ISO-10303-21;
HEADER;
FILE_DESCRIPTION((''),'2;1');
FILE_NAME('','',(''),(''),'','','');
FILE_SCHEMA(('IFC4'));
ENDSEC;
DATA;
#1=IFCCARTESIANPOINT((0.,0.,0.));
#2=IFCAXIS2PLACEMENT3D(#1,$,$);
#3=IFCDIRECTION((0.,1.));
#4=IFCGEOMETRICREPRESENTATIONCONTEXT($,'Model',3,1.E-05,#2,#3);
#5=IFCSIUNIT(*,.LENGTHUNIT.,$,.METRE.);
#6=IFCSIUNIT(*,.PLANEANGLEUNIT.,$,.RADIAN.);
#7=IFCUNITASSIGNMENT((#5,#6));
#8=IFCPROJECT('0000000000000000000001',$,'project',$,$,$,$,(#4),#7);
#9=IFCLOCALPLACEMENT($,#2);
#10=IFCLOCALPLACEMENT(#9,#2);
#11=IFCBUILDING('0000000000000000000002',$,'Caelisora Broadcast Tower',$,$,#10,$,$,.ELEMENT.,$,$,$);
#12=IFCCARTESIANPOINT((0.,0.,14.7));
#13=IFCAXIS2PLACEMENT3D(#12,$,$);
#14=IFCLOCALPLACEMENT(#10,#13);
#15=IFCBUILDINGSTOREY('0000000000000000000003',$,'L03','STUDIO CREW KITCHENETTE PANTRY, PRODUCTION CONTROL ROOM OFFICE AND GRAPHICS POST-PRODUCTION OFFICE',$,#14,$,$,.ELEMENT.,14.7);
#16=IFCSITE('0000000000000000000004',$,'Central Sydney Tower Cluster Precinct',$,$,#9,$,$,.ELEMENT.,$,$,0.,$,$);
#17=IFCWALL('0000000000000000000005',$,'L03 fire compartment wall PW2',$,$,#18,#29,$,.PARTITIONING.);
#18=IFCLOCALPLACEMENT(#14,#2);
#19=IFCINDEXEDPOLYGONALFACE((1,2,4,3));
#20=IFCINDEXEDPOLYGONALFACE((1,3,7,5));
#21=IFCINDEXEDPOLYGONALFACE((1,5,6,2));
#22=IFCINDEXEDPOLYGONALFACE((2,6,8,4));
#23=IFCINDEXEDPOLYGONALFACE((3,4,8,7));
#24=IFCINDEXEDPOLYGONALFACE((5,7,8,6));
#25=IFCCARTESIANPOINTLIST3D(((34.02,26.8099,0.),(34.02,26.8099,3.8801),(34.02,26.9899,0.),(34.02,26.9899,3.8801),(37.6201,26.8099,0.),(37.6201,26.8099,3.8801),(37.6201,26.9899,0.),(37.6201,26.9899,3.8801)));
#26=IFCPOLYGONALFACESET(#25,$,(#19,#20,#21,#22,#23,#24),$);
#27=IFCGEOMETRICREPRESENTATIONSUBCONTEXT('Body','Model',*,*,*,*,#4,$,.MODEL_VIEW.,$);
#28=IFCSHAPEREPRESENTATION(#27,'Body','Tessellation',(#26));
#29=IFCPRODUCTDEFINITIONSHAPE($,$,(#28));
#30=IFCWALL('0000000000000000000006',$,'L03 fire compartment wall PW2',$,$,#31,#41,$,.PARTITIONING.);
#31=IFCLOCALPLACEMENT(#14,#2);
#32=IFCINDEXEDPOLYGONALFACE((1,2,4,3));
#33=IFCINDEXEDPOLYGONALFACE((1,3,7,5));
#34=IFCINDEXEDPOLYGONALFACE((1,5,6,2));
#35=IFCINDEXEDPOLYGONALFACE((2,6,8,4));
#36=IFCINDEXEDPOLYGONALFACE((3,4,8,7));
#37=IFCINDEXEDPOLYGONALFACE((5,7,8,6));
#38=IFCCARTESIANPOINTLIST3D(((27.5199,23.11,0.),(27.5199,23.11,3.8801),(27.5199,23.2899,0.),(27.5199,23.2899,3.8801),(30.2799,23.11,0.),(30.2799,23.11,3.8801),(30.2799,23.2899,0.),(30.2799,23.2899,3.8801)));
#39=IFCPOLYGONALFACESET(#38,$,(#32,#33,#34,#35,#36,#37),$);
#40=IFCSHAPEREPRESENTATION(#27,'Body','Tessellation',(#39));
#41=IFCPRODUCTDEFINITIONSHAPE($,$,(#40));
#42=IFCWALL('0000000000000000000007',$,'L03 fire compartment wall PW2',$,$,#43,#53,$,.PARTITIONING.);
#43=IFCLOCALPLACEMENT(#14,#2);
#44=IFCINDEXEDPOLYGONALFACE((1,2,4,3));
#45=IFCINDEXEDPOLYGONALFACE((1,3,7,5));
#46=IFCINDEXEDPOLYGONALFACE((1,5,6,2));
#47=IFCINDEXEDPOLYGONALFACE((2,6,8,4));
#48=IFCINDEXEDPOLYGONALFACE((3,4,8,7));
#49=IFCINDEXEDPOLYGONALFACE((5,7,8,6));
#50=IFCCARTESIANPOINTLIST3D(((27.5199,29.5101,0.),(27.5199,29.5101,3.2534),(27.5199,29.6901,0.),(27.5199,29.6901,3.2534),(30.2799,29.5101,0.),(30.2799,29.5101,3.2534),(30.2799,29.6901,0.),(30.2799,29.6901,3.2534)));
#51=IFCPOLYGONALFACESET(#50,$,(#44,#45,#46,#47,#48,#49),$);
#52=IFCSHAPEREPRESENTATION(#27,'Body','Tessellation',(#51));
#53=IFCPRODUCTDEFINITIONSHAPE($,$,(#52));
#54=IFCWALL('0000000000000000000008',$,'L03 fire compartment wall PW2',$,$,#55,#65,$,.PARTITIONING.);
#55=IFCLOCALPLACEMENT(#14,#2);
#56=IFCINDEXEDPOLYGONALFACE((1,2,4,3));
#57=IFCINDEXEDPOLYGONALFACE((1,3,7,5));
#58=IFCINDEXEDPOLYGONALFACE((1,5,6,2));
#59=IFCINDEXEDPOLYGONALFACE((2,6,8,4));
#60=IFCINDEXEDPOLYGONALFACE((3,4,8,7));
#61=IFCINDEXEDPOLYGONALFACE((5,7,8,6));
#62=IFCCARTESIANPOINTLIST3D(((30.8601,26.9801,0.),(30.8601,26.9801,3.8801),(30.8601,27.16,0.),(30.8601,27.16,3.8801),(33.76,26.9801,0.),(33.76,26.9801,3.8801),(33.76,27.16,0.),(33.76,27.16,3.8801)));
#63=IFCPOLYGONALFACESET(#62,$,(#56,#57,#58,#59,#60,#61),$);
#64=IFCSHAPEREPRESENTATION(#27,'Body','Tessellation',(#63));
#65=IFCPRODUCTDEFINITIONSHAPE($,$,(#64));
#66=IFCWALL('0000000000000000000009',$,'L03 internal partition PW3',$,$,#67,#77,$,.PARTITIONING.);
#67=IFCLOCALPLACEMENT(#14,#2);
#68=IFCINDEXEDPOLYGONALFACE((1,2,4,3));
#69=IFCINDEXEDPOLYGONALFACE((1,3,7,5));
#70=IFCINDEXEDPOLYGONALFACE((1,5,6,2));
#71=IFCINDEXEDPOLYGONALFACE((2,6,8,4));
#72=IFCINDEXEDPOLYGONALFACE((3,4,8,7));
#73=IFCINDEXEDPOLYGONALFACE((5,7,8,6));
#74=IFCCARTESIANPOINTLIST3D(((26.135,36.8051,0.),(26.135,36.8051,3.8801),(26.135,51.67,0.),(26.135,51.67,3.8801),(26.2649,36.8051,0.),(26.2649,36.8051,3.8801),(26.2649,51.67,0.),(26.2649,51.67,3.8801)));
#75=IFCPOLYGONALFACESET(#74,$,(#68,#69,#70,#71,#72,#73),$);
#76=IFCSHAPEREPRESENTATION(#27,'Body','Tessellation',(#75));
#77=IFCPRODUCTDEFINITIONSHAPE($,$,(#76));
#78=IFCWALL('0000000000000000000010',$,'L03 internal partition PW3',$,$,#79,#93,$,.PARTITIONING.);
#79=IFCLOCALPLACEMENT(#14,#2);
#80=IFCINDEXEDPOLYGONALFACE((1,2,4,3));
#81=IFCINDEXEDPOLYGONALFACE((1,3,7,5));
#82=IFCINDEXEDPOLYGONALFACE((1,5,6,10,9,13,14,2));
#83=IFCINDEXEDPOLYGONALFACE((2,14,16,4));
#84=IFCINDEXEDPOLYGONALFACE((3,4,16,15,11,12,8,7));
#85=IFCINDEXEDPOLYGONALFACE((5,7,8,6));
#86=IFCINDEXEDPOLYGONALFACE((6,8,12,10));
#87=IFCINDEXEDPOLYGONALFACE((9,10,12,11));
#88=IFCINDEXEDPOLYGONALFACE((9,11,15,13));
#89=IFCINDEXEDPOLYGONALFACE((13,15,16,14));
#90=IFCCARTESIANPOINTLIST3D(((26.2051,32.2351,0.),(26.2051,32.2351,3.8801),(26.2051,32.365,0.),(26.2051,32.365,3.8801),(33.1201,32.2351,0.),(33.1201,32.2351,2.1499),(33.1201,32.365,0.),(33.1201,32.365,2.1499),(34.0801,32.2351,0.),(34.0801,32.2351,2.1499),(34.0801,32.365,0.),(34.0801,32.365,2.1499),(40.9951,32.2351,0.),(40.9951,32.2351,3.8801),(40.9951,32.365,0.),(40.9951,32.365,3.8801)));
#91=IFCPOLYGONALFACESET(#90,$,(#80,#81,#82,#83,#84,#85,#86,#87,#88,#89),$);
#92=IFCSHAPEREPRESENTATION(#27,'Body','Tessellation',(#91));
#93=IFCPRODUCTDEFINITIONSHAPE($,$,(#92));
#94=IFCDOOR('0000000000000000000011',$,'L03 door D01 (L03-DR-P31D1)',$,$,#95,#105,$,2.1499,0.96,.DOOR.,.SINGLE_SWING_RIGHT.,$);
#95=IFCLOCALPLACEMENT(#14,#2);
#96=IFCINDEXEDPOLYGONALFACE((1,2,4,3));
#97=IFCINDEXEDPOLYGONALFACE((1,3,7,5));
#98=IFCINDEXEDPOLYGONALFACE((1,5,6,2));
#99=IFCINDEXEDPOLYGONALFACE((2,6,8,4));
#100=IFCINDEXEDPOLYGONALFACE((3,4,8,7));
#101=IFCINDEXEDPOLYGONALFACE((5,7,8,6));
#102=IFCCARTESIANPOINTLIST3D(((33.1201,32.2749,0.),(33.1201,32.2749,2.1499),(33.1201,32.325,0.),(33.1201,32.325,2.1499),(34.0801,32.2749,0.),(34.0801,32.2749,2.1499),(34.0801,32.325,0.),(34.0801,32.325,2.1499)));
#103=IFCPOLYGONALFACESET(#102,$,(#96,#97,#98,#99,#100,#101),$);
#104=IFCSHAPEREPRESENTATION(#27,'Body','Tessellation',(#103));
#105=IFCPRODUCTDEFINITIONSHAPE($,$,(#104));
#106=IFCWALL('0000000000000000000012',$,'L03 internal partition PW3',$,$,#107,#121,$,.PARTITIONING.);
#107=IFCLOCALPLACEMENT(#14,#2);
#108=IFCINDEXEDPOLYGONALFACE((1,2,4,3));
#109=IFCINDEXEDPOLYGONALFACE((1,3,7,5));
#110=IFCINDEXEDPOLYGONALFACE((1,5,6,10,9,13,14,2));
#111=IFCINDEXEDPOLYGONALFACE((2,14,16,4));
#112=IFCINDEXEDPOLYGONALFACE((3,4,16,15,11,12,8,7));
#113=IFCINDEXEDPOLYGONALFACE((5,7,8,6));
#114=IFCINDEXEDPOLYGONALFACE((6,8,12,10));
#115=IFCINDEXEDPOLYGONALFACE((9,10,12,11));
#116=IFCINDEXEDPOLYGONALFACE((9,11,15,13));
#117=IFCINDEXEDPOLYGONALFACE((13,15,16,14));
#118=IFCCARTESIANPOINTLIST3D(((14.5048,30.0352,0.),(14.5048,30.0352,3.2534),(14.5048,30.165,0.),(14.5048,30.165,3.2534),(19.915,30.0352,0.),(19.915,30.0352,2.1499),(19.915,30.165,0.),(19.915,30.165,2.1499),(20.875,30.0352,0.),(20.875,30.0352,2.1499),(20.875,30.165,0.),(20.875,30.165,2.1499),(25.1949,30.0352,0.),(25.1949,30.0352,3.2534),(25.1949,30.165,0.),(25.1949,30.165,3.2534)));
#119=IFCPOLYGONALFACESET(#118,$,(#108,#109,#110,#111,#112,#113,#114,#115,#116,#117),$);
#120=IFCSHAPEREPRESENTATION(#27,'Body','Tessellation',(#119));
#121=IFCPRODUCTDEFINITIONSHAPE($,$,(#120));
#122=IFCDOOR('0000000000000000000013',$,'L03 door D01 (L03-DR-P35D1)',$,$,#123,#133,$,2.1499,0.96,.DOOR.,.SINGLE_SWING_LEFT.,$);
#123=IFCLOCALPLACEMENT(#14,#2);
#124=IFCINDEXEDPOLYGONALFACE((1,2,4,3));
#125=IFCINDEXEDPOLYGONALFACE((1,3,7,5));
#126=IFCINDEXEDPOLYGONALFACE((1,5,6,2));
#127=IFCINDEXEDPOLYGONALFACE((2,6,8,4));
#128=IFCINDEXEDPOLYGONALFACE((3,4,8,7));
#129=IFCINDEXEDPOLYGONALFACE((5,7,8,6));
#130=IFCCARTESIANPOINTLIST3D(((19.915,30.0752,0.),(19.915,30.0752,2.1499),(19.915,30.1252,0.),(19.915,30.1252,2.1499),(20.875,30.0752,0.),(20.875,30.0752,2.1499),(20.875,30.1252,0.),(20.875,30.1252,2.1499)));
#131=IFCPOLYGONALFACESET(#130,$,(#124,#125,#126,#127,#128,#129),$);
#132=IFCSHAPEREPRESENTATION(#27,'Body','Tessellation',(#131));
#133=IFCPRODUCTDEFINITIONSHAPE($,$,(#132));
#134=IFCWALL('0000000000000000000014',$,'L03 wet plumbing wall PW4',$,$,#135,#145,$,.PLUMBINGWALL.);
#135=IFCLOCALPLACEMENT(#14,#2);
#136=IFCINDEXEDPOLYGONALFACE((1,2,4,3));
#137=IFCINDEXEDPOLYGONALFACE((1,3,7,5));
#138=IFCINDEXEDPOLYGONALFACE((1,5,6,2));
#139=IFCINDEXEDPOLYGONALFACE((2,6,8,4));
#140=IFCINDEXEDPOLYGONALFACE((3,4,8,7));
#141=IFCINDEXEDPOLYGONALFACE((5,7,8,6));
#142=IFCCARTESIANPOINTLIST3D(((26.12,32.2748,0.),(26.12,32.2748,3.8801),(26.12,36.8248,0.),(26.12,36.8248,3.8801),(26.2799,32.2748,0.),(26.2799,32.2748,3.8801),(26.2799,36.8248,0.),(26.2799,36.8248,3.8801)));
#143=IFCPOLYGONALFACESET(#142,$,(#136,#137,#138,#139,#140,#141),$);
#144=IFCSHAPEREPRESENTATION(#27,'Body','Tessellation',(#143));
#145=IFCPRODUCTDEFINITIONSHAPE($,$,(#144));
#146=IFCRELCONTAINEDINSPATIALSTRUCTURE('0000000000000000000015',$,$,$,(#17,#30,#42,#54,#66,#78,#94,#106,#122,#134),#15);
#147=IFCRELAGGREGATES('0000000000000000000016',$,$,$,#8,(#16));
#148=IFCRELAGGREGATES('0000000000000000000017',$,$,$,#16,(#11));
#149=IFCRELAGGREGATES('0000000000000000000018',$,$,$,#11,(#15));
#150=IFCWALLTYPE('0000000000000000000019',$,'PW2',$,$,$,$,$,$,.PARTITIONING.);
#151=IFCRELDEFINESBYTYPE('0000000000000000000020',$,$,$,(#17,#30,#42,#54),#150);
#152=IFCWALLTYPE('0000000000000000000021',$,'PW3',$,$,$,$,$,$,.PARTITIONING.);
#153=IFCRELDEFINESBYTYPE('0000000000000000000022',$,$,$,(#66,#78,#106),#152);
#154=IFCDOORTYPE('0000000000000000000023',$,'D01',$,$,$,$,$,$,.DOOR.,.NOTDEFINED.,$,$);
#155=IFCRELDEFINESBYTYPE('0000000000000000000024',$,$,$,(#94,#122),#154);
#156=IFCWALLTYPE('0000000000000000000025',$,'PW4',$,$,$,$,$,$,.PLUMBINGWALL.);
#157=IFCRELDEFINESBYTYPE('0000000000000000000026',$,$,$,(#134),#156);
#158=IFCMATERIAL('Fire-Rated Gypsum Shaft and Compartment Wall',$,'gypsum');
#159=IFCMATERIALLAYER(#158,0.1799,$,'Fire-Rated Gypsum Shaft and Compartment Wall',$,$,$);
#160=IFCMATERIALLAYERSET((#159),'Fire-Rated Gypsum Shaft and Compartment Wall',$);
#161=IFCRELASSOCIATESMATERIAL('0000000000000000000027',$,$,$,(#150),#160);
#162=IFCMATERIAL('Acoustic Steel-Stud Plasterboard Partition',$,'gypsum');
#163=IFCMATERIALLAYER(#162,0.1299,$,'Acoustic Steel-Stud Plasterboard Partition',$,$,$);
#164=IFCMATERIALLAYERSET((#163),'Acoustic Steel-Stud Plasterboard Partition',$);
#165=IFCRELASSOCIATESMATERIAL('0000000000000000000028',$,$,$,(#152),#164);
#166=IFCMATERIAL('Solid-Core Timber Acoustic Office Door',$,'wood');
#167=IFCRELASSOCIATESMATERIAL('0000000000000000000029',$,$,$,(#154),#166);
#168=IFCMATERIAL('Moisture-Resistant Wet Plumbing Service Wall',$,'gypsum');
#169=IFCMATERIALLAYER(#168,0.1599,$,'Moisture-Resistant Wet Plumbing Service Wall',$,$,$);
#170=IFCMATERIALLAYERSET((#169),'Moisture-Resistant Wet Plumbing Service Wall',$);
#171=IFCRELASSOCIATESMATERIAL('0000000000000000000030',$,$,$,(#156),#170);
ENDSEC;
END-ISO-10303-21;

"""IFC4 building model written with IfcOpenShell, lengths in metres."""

from ifc_helpers import new_model, si_unit, direction, frame, frame_2d, origin, place, context, subcontext, project, spatial, rectangle, extrude, material, layer, layer_set, type_object, element, fill, save


model = new_model("IFC4")

# Units and contexts
model_context = context("Model", 3, precision=1e-05, world=origin(), true_north=direction((0.0, 1.0)))
body_context = subcontext(model_context, "Body", "Model", "MODEL_VIEW")
ifc_project = project(units=[si_unit("LENGTHUNIT", "METRE"), si_unit("PLANEANGLEUNIT", "RADIAN")], contexts=[model_context])

# Site, building, storey
site_placement = place(None, origin())
site = spatial("IfcSite", under=ifc_project, at=site_placement, Name="Central Sydney Tower Cluster Precinct", CompositionType="ELEMENT", RefElevation=0.0)
building_placement = place(site_placement, origin())
building = spatial("IfcBuilding", under=site, at=building_placement, Name="Caelisora Broadcast Tower", CompositionType="ELEMENT")
storey_placement = place(building_placement, frame((0.0, 0.0, 14.7)))
storey = spatial("IfcBuildingStorey", under=building, at=storey_placement, Name="L03", Description="STUDIO CREW KITCHENETTE PANTRY, PRODUCTION CONTROL ROOM OFFICE AND GRAPHICS POST-PRODUCTION OFFICE", CompositionType="ELEMENT", Elevation=14.7)

# Walls
ifc_material_1 = material(Name="Fire-Rated Gypsum Shaft and Compartment Wall", Category="gypsum")
ifc_layer_1 = layer(ifc_material_1, 0.1799, Name="Fire-Rated Gypsum Shaft and Compartment Wall")
ifc_layer_set_1 = layer_set([ifc_layer_1], Name="Fire-Rated Gypsum Shaft and Compartment Wall")
wall_type_1 = type_object("IfcWallType", Name="PW2", PredefinedType="PARTITIONING", material=ifc_layer_set_1)
wall_1_placement = place(storey_placement, frame((34.02, 26.8999, 0.0), z_axis=(0.0, 0.0, 1.0), x_axis=(1.0, 0.0, 0.0)))
element("IfcWall", 1, at=wall_1_placement, inside=storey, type_object=wall_type_1, Name="L03 fire compartment wall PW2", PredefinedType="PARTITIONING", context=body_context, shape_type="SweptSolid", body=[
    extrude(rectangle(XDim=3.6001, YDim=0.1799, at=frame_2d((1.8, 0.0))), origin(), (0.0, 0.0, 1.0), 3.8801),
])
wall_2_placement = place(storey_placement, frame((27.52, 23.2, 0.0), z_axis=(0.0, 0.0, 1.0), x_axis=(1.0, 0.0, 0.0)))
element("IfcWall", 2, at=wall_2_placement, inside=storey, type_object=wall_type_1, Name="L03 fire compartment wall PW2", PredefinedType="PARTITIONING", context=body_context, shape_type="SweptSolid", body=[
    extrude(rectangle(XDim=2.76, YDim=0.1799, at=frame_2d((1.3799, 0.0))), origin(), (0.0, 0.0, 1.0), 3.8801),
])
wall_3_placement = place(storey_placement, frame((27.52, 29.6001, 0.0), z_axis=(0.0, 0.0, 1.0), x_axis=(1.0, 0.0, 0.0)))
element("IfcWall", 3, at=wall_3_placement, inside=storey, type_object=wall_type_1, Name="L03 fire compartment wall PW2", PredefinedType="PARTITIONING", context=body_context, shape_type="SweptSolid", body=[
    extrude(rectangle(XDim=2.76, YDim=0.1799, at=frame_2d((1.3799, 0.0))), origin(), (0.0, 0.0, 1.0), 3.2534),
])
wall_4_placement = place(storey_placement, frame((30.8601, 27.0701, 0.0), z_axis=(0.0, 0.0, 1.0), x_axis=(1.0, 0.0, 0.0)))
element("IfcWall", 4, at=wall_4_placement, inside=storey, type_object=wall_type_1, Name="L03 fire compartment wall PW2", PredefinedType="PARTITIONING", context=body_context, shape_type="SweptSolid", body=[
    extrude(rectangle(XDim=2.8999, YDim=0.1799, at=frame_2d((1.45, 0.0))), origin(), (0.0, 0.0, 1.0), 3.8801),
])
ifc_material_2 = material(Name="Acoustic Steel-Stud Plasterboard Partition", Category="gypsum")
ifc_layer_2 = layer(ifc_material_2, 0.1299, Name="Acoustic Steel-Stud Plasterboard Partition")
ifc_layer_set_2 = layer_set([ifc_layer_2], Name="Acoustic Steel-Stud Plasterboard Partition")
wall_type_2 = type_object("IfcWallType", Name="PW3", PredefinedType="PARTITIONING", material=ifc_layer_set_2)
wall_5_placement = place(storey_placement, frame((26.2, 36.8049, 0.0), z_axis=(0.0, 0.0, 1.0), x_axis=(0.0, 1.0, 0.0)))
element("IfcWall", 5, at=wall_5_placement, inside=storey, type_object=wall_type_2, Name="L03 internal partition PW3", PredefinedType="PARTITIONING", context=body_context, shape_type="SweptSolid", body=[
    extrude(rectangle(XDim=14.865, YDim=0.1299, at=frame_2d((7.4326, 0.0))), origin(), (0.0, 0.0, 1.0), 3.8801),
])

# Walls, openings, doors
wall_6_placement = place(storey_placement, frame((26.2051, 32.3, 0.0), z_axis=(0.0, 0.0, 1.0), x_axis=(1.0, 0.0, 0.0)))
wall_6 = element("IfcWall", 6, at=wall_6_placement, inside=storey, type_object=wall_type_2, Name="L03 internal partition PW3", PredefinedType="PARTITIONING", context=body_context, shape_type="SweptSolid", body=[
    extrude(rectangle(XDim=14.79, YDim=0.1299, at=frame_2d((7.395, 0.0))), origin(), (0.0, 0.0, 1.0), 3.8801),
])
opening_1_placement = place(wall_6_placement, frame((6.915, 0.0, 0.0)))
opening_1 = element("IfcOpeningElement", 7, at=opening_1_placement, cuts=wall_6, PredefinedType="OPENING", context=body_context, shape_type="SweptSolid", body=[
    extrude(rectangle(XDim=0.96, YDim=2.1499, at=frame_2d((0.48, 1.075))), frame((0.0, 0.0769, 0.0), z_axis=(0.0, -1.0, 0.0), x_axis=(1.0, 0.0, 0.0)), (0.0, 0.0, 1.0), 0.1538),
])
ifc_material_3 = material(Name="Solid-Core Timber Acoustic Office Door", Category="wood")
door_type = type_object("IfcDoorType", Name="D01", OperationType="NOTDEFINED", PredefinedType="DOOR", material=ifc_material_3)
door_1_placement = place(opening_1_placement, origin())
door_1 = element("IfcDoor", 8, at=door_1_placement, inside=storey, type_object=door_type, Name="L03 door D01 (L03-DR-P31D1)", OperationType="SINGLE_SWING_RIGHT", OverallHeight=2.1499, OverallWidth=0.96, PredefinedType="DOOR", context=body_context, shape_type="SweptSolid", body=[
    extrude(rectangle(XDim=0.96, YDim=2.1499, at=frame_2d((0.48, 1.075))), frame((0.0, 0.0249, 0.0), z_axis=(0.0, -1.0, 0.0), x_axis=(1.0, 0.0, 0.0)), (0.0, 0.0, 1.0), 0.05),
])
fill(opening_1, door_1)
wall_7_placement = place(storey_placement, frame((25.1951, 30.1001, 0.0), z_axis=(0.0, 0.0, 1.0), x_axis=(-1.0, 0.0, 0.0)))
wall_7 = element("IfcWall", 9, at=wall_7_placement, inside=storey, type_object=wall_type_2, Name="L03 internal partition PW3", PredefinedType="PARTITIONING", context=body_context, shape_type="SweptSolid", body=[
    extrude(rectangle(XDim=10.6902, YDim=0.1299, at=frame_2d((5.3452, 0.0))), origin(), (0.0, 0.0, 1.0), 3.2534),
])
opening_2_placement = place(wall_7_placement, frame((4.3201, 0.0, 0.0)))
opening_2 = element("IfcOpeningElement", 10, at=opening_2_placement, cuts=wall_7, PredefinedType="OPENING", context=body_context, shape_type="SweptSolid", body=[
    extrude(rectangle(XDim=0.96, YDim=2.1499, at=frame_2d((0.48, 1.075))), frame((0.0, 0.0769, 0.0), z_axis=(0.0, -1.0, 0.0), x_axis=(1.0, 0.0, 0.0)), (0.0, 0.0, 1.0), 0.1538),
])
door_2_placement = place(opening_2_placement, origin())
door_2 = element("IfcDoor", 11, at=door_2_placement, inside=storey, type_object=door_type, Name="L03 door D01 (L03-DR-P35D1)", OperationType="SINGLE_SWING_LEFT", OverallHeight=2.1499, OverallWidth=0.96, PredefinedType="DOOR", context=body_context, shape_type="SweptSolid", body=[
    extrude(rectangle(XDim=0.96, YDim=2.1499, at=frame_2d((0.48, 1.075))), frame((0.0, 0.0249, 0.0), z_axis=(0.0, -1.0, 0.0), x_axis=(1.0, 0.0, 0.0)), (0.0, 0.0, 1.0), 0.05),
])
fill(opening_2, door_2)

# Wall
ifc_material_4 = material(Name="Moisture-Resistant Wet Plumbing Service Wall", Category="gypsum")
ifc_layer_3 = layer(ifc_material_4, 0.1599, Name="Moisture-Resistant Wet Plumbing Service Wall")
ifc_layer_set_3 = layer_set([ifc_layer_3], Name="Moisture-Resistant Wet Plumbing Service Wall")
wall_type_3 = type_object("IfcWallType", Name="PW4", PredefinedType="PLUMBINGWALL", material=ifc_layer_set_3)
wall_8_placement = place(storey_placement, frame((26.2, 32.2749, 0.0), z_axis=(0.0, 0.0, 1.0), x_axis=(0.0, 1.0, 0.0)))
element("IfcWall", 12, at=wall_8_placement, inside=storey, type_object=wall_type_3, Name="L03 wet plumbing wall PW4", PredefinedType="PLUMBINGWALL", context=body_context, shape_type="SweptSolid", body=[
    extrude(rectangle(XDim=4.55, YDim=0.1599, at=frame_2d((2.2749, 0.0))), origin(), (0.0, 0.0, 1.0), 3.8801),
])

save(model, "model.ifc")
